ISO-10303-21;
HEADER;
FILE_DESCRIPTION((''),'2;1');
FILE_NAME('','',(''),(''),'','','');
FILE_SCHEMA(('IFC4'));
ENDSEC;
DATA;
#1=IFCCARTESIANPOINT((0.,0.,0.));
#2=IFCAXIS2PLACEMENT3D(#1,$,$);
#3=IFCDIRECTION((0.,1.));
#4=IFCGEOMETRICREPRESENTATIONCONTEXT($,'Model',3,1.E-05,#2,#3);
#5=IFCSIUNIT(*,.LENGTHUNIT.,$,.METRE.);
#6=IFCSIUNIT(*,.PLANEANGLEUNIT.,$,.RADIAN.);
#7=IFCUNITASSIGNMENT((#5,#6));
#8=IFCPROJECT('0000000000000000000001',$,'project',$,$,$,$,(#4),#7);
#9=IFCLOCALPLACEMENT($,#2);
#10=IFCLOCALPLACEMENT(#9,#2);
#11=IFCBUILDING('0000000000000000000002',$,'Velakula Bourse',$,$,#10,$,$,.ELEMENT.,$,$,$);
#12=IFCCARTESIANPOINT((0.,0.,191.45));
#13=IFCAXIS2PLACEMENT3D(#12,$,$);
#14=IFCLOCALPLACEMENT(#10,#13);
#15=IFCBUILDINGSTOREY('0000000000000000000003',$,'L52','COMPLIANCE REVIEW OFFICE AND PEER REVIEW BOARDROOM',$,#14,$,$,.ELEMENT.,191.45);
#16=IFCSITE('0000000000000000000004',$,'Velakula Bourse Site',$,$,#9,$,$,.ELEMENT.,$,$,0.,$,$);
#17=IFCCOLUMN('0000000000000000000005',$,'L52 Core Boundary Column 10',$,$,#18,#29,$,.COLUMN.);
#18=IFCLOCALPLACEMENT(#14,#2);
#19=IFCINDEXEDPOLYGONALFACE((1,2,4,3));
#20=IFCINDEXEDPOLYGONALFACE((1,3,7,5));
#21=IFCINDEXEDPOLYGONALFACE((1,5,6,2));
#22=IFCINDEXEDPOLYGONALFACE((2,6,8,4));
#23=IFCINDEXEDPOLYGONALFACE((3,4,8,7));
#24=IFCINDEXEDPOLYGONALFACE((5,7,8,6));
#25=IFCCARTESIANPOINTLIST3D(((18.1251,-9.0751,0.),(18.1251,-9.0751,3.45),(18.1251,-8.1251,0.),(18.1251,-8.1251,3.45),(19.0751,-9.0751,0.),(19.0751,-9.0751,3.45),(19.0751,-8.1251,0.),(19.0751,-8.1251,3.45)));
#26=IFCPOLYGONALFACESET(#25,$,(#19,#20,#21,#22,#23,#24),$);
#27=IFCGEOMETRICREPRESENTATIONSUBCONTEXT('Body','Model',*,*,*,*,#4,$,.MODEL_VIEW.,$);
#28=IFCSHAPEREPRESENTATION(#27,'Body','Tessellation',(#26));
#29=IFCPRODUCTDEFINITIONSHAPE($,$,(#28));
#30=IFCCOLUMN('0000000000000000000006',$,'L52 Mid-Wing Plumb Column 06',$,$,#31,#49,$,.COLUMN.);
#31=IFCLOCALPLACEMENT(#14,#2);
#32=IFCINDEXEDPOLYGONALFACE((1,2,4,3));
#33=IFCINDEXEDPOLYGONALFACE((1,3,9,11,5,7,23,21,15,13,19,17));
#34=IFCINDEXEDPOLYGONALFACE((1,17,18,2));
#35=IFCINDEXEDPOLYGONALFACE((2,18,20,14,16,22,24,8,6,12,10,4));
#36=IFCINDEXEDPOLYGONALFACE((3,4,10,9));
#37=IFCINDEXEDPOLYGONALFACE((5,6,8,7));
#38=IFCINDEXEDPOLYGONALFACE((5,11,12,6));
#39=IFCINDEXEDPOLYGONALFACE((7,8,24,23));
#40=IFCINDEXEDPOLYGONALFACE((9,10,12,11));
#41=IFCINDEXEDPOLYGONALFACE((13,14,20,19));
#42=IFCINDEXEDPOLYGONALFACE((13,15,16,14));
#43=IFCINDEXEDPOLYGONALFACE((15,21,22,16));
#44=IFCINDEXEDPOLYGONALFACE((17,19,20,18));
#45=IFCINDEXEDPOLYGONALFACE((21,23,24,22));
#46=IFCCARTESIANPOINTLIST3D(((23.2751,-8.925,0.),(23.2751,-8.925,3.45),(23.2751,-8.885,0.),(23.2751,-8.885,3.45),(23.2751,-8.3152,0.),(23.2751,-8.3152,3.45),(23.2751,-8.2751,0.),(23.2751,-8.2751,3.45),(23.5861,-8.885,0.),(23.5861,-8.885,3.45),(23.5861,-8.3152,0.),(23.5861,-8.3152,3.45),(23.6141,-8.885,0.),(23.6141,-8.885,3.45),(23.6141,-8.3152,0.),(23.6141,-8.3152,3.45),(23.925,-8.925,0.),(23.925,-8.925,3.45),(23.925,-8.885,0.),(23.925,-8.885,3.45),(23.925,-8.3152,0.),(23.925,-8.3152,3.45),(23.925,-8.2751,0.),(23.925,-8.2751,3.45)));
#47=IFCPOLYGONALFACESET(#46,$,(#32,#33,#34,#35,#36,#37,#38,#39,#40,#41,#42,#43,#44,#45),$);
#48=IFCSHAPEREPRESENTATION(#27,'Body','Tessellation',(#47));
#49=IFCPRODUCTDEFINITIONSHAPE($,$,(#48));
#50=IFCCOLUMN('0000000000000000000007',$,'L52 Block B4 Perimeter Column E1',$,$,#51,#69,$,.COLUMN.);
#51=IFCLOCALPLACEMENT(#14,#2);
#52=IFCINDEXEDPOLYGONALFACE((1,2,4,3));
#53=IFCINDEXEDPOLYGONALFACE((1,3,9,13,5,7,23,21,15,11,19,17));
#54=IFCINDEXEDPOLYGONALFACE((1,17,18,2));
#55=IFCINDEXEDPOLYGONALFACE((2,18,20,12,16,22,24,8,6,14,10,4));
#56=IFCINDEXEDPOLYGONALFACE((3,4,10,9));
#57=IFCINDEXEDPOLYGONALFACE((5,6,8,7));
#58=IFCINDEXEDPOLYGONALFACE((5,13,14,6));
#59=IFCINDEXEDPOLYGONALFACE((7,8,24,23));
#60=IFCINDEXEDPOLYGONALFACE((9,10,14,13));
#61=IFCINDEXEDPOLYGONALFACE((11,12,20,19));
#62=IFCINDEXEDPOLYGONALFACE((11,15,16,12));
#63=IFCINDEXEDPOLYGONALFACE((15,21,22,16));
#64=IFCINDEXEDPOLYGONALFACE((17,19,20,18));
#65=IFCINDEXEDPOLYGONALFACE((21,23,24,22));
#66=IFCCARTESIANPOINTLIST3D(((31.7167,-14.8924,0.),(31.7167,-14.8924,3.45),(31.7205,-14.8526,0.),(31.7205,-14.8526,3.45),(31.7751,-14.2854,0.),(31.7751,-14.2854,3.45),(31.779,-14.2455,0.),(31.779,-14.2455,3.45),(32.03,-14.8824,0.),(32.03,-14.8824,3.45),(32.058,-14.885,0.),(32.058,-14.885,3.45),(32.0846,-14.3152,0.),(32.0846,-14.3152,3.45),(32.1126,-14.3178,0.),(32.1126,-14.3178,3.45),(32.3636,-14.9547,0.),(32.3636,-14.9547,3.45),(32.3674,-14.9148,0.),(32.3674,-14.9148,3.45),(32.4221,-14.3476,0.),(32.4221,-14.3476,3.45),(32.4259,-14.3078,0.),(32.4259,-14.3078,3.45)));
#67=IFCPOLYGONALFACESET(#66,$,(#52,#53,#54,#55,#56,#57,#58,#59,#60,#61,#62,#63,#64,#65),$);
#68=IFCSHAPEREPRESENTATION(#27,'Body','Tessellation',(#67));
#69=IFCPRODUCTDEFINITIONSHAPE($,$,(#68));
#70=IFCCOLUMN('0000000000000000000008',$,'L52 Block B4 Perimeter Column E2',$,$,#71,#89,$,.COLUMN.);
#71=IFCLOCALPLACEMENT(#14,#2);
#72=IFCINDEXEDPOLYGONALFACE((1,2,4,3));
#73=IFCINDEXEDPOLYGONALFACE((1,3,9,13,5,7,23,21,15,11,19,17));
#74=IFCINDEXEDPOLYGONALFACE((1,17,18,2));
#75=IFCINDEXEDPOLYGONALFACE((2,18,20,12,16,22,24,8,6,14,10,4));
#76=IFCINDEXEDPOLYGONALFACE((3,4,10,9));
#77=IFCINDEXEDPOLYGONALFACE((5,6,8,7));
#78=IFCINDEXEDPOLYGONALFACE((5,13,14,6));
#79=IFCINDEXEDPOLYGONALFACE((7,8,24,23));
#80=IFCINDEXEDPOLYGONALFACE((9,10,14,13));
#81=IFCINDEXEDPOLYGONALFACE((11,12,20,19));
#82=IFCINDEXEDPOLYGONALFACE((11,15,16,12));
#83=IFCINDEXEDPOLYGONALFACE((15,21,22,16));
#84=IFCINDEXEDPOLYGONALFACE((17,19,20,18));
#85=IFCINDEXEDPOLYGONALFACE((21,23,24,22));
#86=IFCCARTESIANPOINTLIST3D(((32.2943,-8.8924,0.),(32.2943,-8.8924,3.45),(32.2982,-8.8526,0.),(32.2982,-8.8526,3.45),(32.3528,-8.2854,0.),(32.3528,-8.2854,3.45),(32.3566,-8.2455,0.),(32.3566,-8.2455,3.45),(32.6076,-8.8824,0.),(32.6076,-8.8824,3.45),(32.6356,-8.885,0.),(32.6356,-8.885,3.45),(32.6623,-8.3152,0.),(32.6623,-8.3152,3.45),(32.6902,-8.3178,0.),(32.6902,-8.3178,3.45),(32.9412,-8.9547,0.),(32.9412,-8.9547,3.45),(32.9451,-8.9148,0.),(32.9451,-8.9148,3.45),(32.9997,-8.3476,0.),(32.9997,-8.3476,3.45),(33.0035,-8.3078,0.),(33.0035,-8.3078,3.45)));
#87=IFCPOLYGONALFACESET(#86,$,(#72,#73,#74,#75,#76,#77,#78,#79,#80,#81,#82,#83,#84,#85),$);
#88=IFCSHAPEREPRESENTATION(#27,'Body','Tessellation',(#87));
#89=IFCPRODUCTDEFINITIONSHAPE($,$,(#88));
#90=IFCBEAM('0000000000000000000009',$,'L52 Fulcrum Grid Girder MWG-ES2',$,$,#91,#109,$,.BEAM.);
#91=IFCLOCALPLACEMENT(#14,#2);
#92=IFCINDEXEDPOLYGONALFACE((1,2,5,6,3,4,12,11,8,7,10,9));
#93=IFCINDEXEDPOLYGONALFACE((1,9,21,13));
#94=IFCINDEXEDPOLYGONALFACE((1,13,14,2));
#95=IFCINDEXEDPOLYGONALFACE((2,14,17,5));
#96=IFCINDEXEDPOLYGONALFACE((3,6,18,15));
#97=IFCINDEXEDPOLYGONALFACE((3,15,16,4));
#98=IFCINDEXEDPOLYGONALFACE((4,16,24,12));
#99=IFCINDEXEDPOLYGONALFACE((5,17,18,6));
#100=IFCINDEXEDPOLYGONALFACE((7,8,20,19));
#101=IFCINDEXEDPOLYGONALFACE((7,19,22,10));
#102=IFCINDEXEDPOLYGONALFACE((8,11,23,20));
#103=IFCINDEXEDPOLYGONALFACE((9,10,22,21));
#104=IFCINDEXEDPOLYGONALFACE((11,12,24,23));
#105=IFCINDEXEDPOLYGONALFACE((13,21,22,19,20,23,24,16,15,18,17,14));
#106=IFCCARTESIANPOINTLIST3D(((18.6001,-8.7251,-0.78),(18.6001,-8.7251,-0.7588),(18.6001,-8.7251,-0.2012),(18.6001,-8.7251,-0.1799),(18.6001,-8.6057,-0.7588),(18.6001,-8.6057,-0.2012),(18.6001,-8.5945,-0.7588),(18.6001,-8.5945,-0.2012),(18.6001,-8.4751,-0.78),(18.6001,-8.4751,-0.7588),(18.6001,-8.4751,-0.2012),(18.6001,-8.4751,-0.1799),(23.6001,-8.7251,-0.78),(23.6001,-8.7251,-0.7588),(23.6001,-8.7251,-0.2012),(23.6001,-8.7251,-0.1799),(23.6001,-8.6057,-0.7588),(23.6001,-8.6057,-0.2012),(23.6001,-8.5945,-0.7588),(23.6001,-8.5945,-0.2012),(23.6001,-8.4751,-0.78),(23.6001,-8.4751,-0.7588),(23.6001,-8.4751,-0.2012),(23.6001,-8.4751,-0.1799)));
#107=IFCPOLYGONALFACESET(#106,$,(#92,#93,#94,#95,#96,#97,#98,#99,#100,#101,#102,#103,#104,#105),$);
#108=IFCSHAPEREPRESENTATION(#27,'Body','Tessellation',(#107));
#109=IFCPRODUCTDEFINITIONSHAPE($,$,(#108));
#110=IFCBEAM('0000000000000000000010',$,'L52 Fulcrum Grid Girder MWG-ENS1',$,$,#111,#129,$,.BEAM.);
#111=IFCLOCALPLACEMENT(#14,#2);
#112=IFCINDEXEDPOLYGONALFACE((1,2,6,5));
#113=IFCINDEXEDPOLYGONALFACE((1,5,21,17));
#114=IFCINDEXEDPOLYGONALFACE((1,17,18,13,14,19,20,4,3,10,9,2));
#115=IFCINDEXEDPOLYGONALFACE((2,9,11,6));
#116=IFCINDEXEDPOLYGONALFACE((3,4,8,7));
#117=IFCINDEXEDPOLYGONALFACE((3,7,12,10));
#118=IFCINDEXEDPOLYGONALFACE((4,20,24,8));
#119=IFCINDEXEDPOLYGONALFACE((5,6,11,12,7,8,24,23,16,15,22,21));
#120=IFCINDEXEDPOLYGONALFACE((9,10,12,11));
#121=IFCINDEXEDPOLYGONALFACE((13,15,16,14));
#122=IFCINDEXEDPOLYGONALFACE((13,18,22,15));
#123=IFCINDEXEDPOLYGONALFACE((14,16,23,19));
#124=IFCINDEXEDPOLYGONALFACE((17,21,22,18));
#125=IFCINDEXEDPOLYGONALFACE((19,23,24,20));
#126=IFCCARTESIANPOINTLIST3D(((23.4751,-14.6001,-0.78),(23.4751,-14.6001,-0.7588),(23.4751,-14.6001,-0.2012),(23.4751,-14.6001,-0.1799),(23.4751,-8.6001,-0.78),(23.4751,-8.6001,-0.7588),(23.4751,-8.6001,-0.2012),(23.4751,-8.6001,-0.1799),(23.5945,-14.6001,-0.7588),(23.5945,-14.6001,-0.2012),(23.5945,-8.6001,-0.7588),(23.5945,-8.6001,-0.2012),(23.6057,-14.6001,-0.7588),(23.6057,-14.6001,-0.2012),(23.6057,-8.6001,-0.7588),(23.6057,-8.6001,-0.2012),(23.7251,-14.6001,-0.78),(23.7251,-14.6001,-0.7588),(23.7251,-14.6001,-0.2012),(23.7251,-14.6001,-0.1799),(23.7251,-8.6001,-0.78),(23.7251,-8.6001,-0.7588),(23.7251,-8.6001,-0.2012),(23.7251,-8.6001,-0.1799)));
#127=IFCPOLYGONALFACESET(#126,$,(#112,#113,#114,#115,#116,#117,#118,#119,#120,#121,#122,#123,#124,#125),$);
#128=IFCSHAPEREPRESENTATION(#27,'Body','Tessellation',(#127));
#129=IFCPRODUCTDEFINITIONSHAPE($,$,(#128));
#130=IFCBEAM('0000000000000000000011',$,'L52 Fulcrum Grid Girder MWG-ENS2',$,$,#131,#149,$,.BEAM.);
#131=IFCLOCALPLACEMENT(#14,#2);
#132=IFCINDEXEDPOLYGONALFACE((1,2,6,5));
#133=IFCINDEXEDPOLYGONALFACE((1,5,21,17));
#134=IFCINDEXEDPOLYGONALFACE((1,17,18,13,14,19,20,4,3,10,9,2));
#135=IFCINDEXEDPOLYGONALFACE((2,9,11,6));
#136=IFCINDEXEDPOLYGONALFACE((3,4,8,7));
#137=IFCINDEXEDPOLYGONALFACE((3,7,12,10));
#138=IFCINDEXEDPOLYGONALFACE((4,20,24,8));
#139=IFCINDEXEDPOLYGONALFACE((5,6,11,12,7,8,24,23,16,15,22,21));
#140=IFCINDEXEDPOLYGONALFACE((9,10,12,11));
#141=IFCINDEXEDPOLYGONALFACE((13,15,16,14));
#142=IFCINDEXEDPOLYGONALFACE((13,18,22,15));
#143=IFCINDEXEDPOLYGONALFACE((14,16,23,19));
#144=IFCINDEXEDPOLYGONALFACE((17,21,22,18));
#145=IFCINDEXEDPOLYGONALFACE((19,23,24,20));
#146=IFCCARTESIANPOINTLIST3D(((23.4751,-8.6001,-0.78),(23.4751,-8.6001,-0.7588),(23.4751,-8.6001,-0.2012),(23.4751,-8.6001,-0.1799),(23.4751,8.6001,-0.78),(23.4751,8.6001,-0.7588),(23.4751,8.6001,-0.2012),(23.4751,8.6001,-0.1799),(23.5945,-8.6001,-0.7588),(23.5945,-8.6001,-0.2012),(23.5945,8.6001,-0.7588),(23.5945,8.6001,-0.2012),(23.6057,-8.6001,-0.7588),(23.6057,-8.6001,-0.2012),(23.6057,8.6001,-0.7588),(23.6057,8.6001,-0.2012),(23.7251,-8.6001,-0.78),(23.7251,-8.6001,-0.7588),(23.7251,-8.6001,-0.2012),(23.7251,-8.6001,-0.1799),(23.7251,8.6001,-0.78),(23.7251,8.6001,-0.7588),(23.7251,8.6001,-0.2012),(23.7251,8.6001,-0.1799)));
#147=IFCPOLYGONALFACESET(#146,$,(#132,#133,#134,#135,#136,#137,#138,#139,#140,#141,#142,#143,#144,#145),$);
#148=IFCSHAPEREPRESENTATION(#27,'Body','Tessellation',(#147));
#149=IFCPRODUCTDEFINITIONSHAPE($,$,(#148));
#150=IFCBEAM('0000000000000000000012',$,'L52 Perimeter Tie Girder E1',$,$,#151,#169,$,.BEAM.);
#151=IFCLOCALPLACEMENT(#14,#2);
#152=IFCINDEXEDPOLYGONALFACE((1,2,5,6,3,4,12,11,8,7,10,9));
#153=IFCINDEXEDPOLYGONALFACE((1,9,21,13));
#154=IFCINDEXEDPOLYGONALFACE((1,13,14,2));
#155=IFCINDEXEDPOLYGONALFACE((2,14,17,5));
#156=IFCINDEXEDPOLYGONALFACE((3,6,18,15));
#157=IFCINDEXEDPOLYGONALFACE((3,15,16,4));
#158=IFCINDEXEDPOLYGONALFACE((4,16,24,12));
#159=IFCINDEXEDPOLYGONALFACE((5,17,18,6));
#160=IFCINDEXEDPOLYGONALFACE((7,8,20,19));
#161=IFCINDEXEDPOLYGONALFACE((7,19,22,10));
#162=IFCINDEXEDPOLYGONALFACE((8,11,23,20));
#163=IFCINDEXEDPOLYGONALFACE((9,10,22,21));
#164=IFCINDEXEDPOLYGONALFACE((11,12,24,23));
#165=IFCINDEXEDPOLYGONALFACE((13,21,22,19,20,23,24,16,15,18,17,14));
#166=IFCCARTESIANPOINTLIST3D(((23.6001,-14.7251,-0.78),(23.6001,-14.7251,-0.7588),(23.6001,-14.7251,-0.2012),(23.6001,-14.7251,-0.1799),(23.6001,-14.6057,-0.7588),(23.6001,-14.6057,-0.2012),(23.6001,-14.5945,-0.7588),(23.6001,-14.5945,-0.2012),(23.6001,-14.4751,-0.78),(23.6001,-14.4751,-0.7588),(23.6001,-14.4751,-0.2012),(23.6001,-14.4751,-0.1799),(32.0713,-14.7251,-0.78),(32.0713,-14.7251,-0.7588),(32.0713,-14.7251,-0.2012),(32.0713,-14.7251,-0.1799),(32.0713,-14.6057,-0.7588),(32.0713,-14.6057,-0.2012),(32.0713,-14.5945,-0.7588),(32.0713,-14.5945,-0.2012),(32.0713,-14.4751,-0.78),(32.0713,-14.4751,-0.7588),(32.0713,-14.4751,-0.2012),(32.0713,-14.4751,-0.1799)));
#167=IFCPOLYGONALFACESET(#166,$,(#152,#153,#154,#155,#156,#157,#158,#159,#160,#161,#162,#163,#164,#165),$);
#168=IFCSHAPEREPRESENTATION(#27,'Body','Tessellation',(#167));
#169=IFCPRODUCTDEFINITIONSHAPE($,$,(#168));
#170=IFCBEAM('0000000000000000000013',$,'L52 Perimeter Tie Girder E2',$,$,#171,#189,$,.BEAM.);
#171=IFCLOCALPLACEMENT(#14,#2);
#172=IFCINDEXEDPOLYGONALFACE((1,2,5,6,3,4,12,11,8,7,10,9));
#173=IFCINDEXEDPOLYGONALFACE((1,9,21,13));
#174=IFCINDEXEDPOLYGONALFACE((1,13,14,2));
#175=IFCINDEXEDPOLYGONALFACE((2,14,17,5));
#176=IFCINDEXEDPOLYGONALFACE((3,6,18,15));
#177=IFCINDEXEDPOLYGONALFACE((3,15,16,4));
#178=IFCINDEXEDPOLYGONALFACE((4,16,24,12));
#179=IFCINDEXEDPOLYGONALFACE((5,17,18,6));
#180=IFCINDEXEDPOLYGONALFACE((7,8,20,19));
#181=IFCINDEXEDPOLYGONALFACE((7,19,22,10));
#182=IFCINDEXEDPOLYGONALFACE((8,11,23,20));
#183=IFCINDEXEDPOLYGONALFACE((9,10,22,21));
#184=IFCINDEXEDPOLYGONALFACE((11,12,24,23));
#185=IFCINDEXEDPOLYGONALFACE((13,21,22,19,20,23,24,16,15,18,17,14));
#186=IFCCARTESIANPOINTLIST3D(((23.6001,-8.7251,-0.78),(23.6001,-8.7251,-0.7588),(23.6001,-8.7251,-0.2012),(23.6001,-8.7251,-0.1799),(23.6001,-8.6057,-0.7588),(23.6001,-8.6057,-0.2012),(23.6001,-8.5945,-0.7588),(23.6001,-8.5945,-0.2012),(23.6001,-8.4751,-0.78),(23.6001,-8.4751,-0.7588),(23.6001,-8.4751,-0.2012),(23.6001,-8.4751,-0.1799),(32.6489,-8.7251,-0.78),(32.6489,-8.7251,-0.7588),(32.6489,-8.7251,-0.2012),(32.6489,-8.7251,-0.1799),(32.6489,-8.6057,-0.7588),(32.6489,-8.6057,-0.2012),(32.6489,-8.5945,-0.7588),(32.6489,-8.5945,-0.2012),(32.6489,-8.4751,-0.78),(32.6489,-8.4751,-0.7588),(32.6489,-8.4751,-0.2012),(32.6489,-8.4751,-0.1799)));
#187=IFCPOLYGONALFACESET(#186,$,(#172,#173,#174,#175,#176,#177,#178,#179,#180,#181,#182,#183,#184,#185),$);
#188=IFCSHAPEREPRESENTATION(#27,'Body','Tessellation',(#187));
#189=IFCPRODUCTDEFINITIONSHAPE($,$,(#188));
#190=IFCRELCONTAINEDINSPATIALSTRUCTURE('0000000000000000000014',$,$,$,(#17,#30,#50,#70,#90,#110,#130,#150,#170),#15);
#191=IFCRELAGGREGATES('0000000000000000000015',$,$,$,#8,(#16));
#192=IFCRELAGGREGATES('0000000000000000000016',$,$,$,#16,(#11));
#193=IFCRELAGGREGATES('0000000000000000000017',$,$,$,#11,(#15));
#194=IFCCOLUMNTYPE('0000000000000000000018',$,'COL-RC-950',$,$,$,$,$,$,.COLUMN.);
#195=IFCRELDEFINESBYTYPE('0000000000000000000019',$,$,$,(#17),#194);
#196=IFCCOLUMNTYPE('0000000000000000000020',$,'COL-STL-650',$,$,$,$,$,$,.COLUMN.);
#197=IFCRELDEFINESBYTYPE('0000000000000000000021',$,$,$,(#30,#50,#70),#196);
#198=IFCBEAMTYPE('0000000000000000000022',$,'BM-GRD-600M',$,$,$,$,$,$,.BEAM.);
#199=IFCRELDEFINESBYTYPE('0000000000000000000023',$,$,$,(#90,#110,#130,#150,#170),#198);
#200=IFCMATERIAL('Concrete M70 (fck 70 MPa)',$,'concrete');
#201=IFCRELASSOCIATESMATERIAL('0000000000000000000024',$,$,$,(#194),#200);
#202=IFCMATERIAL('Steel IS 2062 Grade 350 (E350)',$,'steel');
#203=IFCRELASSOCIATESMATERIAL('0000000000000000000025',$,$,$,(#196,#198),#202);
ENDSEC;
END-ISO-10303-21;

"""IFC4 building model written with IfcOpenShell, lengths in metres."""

from ifc_helpers import new_model, si_unit, direction, frame, origin, origin_2d, place, context, subcontext, project, spatial, rectangle, i_section, extrude, material, material_profile, profile_set, type_object, element, save


model = new_model("IFC4")

# Units and contexts
model_context = context("Model", 3, precision=1e-05, world=origin(), true_north=direction((0.0, 1.0)))
body_context = subcontext(model_context, "Body", "Model", "MODEL_VIEW")
ifc_project = project(units=[si_unit("LENGTHUNIT", "METRE"), si_unit("PLANEANGLEUNIT", "RADIAN")], contexts=[model_context])

# Site, building, storey
site_placement = place(None, origin())
site = spatial("IfcSite", under=ifc_project, at=site_placement, Name="Velakula Bourse Site", CompositionType="ELEMENT", RefElevation=0.0)
building_placement = place(site_placement, origin())
building = spatial("IfcBuilding", under=site, at=building_placement, Name="Velakula Bourse", CompositionType="ELEMENT")
storey_placement = place(building_placement, frame((0.0, 0.0, 191.45)))
storey = spatial("IfcBuildingStorey", under=building, at=storey_placement, Name="L52", Description="COMPLIANCE REVIEW OFFICE AND PEER REVIEW BOARDROOM", CompositionType="ELEMENT", Elevation=191.45)

# Columns
ifc_material_1 = material(Name="Concrete M70 (fck 70 MPa)", Category="concrete")
ifc_material_profile_1 = material_profile(ifc_material_1, rectangle(XDim=0.95, YDim=0.95, at=origin_2d()), Name="Concrete M70 (fck 70 MPa)")
ifc_profile_set_1 = profile_set([ifc_material_profile_1], Name="Concrete M70 (fck 70 MPa)")
column_type_1 = type_object("IfcColumnType", Name="COL-RC-950", PredefinedType="COLUMN", material=ifc_profile_set_1)
column_placement = place(storey_placement, frame((18.6001, -8.6001, 0.0), z_axis=(0.0, 0.0, 1.0), x_axis=(1.0, 0.0, 0.0)))
element("IfcColumn", 1, at=column_placement, inside=storey, type_object=column_type_1, Name="L52 Core Boundary Column 10", PredefinedType="COLUMN", context=body_context, shape_type="SweptSolid", body=[
    extrude(rectangle(XDim=0.95, YDim=0.95, at=origin_2d()), origin(), (0.0, 0.0, 1.0), 3.45),
])
ifc_material_2 = material(Name="Steel IS 2062 Grade 350 (E350)", Category="steel")
ifc_material_profile_2 = material_profile(ifc_material_2, i_section(OverallWidth=0.6499, OverallDepth=0.6499, WebThickness=0.0281, FlangeThickness=0.04, at=origin_2d()), Name="Steel IS 2062 Grade 350 (E350)")
ifc_profile_set_2 = profile_set([ifc_material_profile_2], Name="Steel IS 2062 Grade 350 (E350)")
column_type_2 = type_object("IfcColumnType", Name="COL-STL-650", PredefinedType="COLUMN", material=ifc_profile_set_2)
for number, where, z_axis, x_axis, name in (
    (2, (23.6001, -8.6001, 0.0), (0.0, 0.0, 1.0), (1.0, 0.0, 0.0), "L52 Mid-Wing Plumb Column 06"),
    (3, (32.0713, -14.6001, 0.0), (0.0, 0.0, 1.0), (0.995396, -0.095846, 0.0), "L52 Block B4 Perimeter Column E1"),
    (4, (32.6489, -8.6001, 0.0), (0.0, 0.0, 1.0), (0.995396, -0.095846, 0.0), "L52 Block B4 Perimeter Column E2"),
):
    element("IfcColumn", number, at=place(storey_placement, frame(where, z_axis=z_axis, x_axis=x_axis)), inside=storey, type_object=column_type_2, Name=name, PredefinedType="COLUMN", context=body_context, shape_type="SweptSolid", body=[
        extrude(i_section(OverallWidth=0.6499, OverallDepth=0.6499, WebThickness=0.0281, FlangeThickness=0.04, at=origin_2d()), origin(), (0.0, 0.0, 1.0), 3.45),
    ])

# Beams
ifc_material_profile_3 = material_profile(ifc_material_2, i_section(OverallWidth=0.25, OverallDepth=0.6001, WebThickness=0.0112, FlangeThickness=0.0212, at=origin_2d()), Name="Steel IS 2062 Grade 350 (E350)")
ifc_profile_set_3 = profile_set([ifc_material_profile_3], Name="Steel IS 2062 Grade 350 (E350)")
beam_type_1 = type_object("IfcBeamType", Name="BM-GRD-600M", PredefinedType="BEAM", material=ifc_profile_set_3)
beam_1_placement = place(storey_placement, frame((18.6001, -8.6001, -0.48), z_axis=(1.0, 0.0, 0.0), x_axis=(0.0, 1.0, 0.0)))
element("IfcBeam", 5, at=beam_1_placement, inside=storey, type_object=beam_type_1, Name="L52 Fulcrum Grid Girder MWG-ES2", PredefinedType="BEAM", context=body_context, shape_type="SweptSolid", body=[
    extrude(i_section(OverallWidth=0.25, OverallDepth=0.6001, WebThickness=0.0112, FlangeThickness=0.0212, at=origin_2d()), origin(), (0.0, 0.0, 1.0), 5.0),
])
beam_2_placement = place(storey_placement, frame((23.6001, -14.6001, -0.48), z_axis=(0.0, 1.0, 0.0), x_axis=(-1.0, 0.0, 0.0)))
element("IfcBeam", 6, at=beam_2_placement, inside=storey, type_object=beam_type_1, Name="L52 Fulcrum Grid Girder MWG-ENS1", PredefinedType="BEAM", context=body_context, shape_type="SweptSolid", body=[
    extrude(i_section(OverallWidth=0.25, OverallDepth=0.6001, WebThickness=0.0112, FlangeThickness=0.0212, at=origin_2d()), origin(), (0.0, 0.0, 1.0), 6.0),
])
beam_3_placement = place(storey_placement, frame((23.6001, -8.6001, -0.48), z_axis=(0.0, 1.0, 0.0), x_axis=(-1.0, 0.0, 0.0)))
element("IfcBeam", 7, at=beam_3_placement, inside=storey, type_object=beam_type_1, Name="L52 Fulcrum Grid Girder MWG-ENS2", PredefinedType="BEAM", context=body_context, shape_type="SweptSolid", body=[
    extrude(i_section(OverallWidth=0.25, OverallDepth=0.6001, WebThickness=0.0112, FlangeThickness=0.0212, at=origin_2d()), origin(), (0.0, 0.0, 1.0), 17.2002),
])
beam_4_placement = place(storey_placement, frame((23.6001, -14.6001, -0.48), z_axis=(1.0, 0.0, 0.0), x_axis=(0.0, 1.0, 0.0)))
element("IfcBeam", 8, at=beam_4_placement, inside=storey, type_object=beam_type_1, Name="L52 Perimeter Tie Girder E1", PredefinedType="BEAM", context=body_context, shape_type="SweptSolid", body=[
    extrude(i_section(OverallWidth=0.25, OverallDepth=0.6001, WebThickness=0.0112, FlangeThickness=0.0212, at=origin_2d()), origin(), (0.0, 0.0, 1.0), 8.4712),
])
beam_5_placement = place(storey_placement, frame((23.6001, -8.6001, -0.48), z_axis=(1.0, 0.0, 0.0), x_axis=(0.0, 1.0, 0.0)))
element("IfcBeam", 9, at=beam_5_placement, inside=storey, type_object=beam_type_1, Name="L52 Perimeter Tie Girder E2", PredefinedType="BEAM", context=body_context, shape_type="SweptSolid", body=[
    extrude(i_section(OverallWidth=0.25, OverallDepth=0.6001, WebThickness=0.0112, FlangeThickness=0.0212, at=origin_2d()), origin(), (0.0, 0.0, 1.0), 9.0488),
])

save(model, "model.ifc")
